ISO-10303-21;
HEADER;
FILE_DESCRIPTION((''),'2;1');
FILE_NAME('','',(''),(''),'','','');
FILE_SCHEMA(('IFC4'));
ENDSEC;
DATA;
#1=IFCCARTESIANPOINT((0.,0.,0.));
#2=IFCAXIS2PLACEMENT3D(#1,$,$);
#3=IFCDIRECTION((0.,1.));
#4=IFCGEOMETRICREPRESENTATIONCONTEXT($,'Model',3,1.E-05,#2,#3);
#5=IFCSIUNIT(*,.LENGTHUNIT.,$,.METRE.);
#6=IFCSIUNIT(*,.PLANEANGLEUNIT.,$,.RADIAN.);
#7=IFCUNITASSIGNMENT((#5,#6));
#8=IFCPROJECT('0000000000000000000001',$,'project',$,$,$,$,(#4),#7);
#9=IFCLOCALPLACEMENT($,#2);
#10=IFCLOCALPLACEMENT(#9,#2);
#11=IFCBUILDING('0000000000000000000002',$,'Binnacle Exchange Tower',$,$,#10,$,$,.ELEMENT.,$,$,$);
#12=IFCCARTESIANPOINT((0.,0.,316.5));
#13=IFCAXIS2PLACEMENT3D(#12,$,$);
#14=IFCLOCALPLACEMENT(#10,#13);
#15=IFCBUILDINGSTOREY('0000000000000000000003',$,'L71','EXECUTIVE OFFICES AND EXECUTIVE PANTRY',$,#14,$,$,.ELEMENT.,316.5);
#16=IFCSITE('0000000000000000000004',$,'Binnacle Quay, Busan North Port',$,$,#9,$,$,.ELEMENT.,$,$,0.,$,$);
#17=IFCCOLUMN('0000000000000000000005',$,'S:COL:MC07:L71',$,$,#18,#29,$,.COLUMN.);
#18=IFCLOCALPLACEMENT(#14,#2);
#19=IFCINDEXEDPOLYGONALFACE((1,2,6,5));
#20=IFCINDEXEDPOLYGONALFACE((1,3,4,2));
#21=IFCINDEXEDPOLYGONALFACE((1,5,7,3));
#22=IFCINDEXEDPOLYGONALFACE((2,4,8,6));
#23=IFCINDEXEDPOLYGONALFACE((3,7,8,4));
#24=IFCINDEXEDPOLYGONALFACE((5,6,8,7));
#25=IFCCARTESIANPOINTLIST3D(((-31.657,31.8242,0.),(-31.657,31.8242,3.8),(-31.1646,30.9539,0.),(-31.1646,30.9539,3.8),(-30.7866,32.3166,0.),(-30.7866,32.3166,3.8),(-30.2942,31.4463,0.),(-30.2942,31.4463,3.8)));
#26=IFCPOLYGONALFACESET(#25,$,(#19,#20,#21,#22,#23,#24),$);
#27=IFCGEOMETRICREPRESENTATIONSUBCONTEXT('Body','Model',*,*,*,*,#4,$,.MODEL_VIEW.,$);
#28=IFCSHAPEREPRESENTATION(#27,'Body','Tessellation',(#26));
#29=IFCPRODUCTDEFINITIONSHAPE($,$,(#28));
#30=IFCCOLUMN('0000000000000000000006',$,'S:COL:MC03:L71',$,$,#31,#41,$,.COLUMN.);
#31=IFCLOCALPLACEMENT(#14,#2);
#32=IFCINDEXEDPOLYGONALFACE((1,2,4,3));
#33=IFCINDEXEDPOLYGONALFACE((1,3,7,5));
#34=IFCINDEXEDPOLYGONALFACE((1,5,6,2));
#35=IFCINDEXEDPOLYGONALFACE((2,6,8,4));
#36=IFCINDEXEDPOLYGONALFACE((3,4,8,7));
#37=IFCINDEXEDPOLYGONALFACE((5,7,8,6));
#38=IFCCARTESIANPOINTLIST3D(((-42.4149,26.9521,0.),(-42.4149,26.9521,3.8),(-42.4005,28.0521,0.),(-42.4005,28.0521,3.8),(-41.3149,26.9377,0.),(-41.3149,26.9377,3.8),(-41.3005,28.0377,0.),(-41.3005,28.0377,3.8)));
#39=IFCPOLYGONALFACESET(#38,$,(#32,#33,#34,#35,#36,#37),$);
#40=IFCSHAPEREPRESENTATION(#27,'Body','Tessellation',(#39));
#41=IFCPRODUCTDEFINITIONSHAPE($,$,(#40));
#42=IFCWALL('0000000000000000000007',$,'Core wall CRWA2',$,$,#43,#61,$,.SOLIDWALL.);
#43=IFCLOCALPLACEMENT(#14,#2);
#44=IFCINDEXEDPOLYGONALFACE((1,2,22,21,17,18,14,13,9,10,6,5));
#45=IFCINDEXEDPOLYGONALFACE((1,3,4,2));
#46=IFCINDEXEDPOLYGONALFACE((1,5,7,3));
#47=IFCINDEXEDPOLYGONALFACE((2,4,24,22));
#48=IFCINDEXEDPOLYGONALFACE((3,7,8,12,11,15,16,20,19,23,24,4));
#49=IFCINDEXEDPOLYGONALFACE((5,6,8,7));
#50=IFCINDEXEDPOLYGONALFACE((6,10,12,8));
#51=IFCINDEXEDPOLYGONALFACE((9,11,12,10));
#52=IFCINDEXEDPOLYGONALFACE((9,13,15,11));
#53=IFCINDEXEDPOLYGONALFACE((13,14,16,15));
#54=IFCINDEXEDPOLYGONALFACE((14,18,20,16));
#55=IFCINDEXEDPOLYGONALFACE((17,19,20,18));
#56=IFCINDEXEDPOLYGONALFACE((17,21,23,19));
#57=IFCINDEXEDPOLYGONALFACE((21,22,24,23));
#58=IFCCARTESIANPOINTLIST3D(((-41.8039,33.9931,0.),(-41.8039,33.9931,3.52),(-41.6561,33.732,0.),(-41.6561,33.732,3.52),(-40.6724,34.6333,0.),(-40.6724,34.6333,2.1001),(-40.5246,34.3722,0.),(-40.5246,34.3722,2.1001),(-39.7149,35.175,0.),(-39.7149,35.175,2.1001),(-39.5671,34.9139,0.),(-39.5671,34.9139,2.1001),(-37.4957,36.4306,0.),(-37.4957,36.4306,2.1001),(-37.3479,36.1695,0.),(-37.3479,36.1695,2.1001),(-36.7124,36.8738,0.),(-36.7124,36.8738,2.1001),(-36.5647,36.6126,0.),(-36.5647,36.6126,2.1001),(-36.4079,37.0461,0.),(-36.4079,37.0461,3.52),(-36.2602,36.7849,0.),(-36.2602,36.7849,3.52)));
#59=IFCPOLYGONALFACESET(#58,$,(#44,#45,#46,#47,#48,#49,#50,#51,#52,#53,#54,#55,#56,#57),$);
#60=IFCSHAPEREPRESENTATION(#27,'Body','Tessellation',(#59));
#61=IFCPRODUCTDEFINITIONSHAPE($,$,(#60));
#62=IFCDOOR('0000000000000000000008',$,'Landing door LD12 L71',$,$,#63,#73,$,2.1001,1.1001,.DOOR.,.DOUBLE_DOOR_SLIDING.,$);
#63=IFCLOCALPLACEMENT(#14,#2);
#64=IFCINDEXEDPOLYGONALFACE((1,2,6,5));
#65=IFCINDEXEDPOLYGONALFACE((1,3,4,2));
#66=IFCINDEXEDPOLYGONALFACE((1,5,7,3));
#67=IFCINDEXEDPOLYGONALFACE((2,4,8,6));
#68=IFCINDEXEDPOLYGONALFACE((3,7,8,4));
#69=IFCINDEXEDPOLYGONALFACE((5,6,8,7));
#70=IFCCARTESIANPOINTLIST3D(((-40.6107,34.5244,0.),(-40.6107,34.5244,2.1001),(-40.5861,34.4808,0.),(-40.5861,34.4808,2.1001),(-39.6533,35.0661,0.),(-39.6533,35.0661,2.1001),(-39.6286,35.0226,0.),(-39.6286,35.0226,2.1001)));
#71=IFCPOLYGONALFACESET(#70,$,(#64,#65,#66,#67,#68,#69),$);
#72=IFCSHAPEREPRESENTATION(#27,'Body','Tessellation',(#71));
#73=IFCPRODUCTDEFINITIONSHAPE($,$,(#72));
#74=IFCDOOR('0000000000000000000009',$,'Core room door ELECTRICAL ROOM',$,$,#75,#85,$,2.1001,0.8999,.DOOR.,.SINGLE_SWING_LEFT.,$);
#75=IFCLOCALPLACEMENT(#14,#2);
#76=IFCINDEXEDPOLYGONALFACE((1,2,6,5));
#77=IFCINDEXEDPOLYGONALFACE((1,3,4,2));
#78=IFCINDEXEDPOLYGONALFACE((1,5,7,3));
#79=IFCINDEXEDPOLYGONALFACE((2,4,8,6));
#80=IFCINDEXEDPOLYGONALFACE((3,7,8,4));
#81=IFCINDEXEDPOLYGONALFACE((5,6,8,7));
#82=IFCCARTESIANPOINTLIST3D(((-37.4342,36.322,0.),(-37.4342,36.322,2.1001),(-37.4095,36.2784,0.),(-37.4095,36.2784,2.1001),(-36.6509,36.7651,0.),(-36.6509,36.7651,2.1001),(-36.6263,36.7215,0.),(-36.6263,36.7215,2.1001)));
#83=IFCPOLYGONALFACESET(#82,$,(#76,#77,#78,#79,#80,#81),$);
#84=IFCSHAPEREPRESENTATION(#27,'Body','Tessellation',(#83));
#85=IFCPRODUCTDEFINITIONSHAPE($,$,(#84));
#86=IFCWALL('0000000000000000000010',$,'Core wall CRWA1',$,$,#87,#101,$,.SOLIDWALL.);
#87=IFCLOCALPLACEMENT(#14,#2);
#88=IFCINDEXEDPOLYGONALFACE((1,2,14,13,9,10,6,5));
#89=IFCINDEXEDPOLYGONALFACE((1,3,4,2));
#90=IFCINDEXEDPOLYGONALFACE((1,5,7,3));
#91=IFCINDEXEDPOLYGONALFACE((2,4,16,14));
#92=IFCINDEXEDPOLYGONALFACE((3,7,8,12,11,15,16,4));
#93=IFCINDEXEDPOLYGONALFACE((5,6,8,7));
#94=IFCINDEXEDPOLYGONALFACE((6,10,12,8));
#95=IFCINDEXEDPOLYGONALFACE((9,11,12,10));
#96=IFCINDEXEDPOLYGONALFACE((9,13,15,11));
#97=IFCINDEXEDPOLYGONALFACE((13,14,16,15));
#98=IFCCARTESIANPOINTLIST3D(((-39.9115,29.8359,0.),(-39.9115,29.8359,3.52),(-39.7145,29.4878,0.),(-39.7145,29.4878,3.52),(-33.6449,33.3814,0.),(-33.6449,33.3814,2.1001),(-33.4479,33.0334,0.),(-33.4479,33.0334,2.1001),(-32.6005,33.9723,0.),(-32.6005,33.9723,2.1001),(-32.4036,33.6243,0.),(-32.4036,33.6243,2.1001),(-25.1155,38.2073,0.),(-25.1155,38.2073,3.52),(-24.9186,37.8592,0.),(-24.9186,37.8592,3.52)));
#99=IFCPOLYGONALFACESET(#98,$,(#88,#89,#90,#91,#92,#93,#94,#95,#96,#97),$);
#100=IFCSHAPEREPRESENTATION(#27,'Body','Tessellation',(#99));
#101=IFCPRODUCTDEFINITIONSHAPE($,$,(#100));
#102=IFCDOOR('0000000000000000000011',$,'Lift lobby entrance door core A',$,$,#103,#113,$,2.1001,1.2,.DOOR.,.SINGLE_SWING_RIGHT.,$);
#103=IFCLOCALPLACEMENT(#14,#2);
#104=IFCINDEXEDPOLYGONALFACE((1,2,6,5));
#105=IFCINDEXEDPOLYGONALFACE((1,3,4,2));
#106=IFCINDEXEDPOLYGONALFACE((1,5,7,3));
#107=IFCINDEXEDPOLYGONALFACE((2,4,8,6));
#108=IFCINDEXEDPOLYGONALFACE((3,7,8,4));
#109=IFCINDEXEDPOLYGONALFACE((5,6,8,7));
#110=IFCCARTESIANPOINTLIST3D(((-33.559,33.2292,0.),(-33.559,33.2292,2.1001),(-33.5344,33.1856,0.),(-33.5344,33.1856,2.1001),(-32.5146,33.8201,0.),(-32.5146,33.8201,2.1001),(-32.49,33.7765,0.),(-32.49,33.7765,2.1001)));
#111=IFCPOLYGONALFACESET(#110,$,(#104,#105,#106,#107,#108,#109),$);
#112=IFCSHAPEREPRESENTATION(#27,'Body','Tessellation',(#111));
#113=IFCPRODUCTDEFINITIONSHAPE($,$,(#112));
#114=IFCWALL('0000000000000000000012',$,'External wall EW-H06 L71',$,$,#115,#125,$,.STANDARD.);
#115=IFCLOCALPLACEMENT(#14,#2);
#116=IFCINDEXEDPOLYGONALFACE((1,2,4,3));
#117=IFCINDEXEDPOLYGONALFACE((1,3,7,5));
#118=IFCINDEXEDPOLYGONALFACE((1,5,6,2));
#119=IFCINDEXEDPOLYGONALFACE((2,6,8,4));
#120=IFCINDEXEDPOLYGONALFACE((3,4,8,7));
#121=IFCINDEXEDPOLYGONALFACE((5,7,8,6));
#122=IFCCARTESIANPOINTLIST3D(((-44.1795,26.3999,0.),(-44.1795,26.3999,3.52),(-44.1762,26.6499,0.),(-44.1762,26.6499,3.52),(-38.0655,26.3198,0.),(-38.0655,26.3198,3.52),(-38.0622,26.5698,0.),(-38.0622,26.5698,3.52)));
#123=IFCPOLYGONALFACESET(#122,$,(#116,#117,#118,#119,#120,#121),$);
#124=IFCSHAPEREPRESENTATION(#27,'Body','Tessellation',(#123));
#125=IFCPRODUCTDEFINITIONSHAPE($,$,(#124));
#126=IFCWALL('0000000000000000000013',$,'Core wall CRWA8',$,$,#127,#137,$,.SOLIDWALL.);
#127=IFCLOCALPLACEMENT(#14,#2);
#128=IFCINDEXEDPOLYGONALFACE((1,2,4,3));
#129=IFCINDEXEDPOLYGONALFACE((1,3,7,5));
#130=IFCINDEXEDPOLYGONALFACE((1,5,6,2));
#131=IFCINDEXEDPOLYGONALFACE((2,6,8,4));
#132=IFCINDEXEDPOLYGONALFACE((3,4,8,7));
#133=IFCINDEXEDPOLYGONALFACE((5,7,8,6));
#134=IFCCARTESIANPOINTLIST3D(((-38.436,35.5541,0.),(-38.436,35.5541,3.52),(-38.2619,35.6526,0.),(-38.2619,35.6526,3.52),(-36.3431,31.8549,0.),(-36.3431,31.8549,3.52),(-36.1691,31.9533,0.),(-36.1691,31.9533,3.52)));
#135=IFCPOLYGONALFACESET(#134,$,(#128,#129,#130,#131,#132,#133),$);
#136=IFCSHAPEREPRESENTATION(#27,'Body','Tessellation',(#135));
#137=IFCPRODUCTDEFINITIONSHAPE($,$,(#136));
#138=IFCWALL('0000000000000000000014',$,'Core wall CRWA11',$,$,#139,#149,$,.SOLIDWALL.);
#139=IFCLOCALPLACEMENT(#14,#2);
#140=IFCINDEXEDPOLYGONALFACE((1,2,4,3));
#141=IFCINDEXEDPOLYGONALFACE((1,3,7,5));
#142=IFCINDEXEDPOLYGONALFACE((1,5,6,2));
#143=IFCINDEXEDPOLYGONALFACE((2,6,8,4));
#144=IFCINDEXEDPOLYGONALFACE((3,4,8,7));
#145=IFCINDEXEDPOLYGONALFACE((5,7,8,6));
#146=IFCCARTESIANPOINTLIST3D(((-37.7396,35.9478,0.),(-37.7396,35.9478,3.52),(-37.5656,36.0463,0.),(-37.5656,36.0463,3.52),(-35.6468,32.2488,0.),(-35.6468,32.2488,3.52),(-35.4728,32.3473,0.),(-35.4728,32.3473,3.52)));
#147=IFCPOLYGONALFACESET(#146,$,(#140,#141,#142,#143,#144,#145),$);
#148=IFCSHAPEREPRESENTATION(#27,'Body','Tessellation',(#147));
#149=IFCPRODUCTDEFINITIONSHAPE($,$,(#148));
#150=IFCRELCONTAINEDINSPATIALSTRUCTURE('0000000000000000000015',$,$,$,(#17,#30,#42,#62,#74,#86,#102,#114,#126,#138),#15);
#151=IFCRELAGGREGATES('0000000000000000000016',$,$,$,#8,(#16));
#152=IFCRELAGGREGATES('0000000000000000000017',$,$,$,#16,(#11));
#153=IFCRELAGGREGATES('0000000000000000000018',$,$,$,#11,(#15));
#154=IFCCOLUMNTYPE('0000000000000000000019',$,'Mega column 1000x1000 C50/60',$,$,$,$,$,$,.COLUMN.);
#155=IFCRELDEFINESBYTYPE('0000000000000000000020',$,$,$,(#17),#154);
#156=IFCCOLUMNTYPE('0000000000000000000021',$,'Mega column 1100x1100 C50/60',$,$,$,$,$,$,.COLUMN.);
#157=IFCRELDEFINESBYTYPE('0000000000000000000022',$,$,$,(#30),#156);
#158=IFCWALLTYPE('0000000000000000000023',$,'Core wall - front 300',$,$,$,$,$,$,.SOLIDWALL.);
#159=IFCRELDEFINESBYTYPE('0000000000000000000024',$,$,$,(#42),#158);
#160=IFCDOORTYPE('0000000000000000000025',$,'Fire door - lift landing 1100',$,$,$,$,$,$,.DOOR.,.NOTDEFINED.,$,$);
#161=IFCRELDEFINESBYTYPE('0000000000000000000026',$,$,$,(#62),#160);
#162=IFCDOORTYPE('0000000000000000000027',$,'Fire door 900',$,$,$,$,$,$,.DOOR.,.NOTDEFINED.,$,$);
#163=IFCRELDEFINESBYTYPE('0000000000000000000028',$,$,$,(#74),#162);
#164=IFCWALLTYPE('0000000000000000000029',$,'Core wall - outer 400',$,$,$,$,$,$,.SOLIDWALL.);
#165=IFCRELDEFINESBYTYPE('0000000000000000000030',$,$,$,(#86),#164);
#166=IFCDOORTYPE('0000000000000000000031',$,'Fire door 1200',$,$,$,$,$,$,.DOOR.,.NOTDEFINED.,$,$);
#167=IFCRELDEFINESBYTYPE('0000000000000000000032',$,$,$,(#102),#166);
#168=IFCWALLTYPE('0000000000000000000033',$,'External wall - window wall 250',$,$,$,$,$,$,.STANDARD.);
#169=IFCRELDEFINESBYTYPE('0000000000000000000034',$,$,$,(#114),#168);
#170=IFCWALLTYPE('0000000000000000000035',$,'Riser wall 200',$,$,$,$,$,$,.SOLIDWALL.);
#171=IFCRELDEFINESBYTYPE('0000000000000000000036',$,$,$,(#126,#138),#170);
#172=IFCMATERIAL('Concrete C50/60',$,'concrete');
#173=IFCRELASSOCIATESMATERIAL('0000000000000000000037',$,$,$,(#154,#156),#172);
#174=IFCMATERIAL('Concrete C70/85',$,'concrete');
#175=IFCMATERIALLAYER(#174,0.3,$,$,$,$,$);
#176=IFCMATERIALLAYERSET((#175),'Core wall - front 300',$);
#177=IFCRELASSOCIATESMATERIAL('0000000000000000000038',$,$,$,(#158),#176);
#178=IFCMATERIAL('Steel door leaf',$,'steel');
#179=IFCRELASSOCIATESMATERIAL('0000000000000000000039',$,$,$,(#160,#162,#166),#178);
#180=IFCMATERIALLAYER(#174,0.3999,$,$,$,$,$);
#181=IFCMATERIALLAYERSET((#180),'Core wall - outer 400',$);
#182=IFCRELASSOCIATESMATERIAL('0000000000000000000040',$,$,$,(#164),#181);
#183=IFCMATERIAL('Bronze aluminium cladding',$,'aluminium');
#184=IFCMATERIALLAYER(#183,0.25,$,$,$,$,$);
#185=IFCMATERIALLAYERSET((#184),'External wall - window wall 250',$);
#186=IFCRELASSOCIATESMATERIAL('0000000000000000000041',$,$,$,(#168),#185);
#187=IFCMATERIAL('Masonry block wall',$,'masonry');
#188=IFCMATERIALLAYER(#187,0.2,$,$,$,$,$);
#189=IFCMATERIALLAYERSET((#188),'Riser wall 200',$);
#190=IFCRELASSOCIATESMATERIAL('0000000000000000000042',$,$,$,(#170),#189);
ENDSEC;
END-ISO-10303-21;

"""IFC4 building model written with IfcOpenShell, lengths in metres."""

from ifc_helpers import new_model, si_unit, direction, frame, frame_2d, origin, origin_2d, place, context, subcontext, project, spatial, rectangle, extrude, material, layer, layer_set, material_profile, profile_set, type_object, element, fill, save


model = new_model("IFC4")

# Units and contexts
model_context = context("Model", 3, precision=1e-05, world=origin(), true_north=direction((0.0, 1.0)))
body_context = subcontext(model_context, "Body", "Model", "MODEL_VIEW")
ifc_project = project(units=[si_unit("LENGTHUNIT", "METRE"), si_unit("PLANEANGLEUNIT", "RADIAN")], contexts=[model_context])

# Site, building, storey
site_placement = place(None, origin())
site = spatial("IfcSite", under=ifc_project, at=site_placement, Name="Binnacle Quay, Busan North Port", CompositionType="ELEMENT", RefElevation=0.0)
building_placement = place(site_placement, origin())
building = spatial("IfcBuilding", under=site, at=building_placement, Name="Binnacle Exchange Tower", CompositionType="ELEMENT")
storey_placement = place(building_placement, frame((0.0, 0.0, 316.5)))
storey = spatial("IfcBuildingStorey", under=building, at=storey_placement, Name="L71", Description="EXECUTIVE OFFICES AND EXECUTIVE PANTRY", CompositionType="ELEMENT", Elevation=316.5)

# Columns
ifc_material_1 = material(Name="Concrete C50/60", Category="concrete")
ifc_material_profile_1 = material_profile(ifc_material_1, rectangle(XDim=1.0, YDim=1.0, at=origin_2d()), Name="Mega column 1000x1000 C50/60")
ifc_profile_set_1 = profile_set([ifc_material_profile_1], Name="Concrete C50/60")
column_type_1 = type_object("IfcColumnType", Name="Mega column 1000x1000 C50/60", PredefinedType="COLUMN", material=ifc_profile_set_1)
column_1_placement = place(storey_placement, frame((-30.9756, 31.6353, 0.0), z_axis=(0.0, 0.0, 1.0), x_axis=(0.870356, 0.492424, 0.0)))
element("IfcColumn", 1, at=column_1_placement, inside=storey, type_object=column_type_1, Name="S:COL:MC07:L71", PredefinedType="COLUMN", context=body_context, shape_type="SweptSolid", body=[
    extrude(rectangle(XDim=1.0, YDim=1.0, at=origin_2d()), origin(), (0.0, 0.0, 1.0), 3.8),
])
ifc_material_profile_2 = material_profile(ifc_material_1, rectangle(XDim=1.1001, YDim=1.1001, at=origin_2d()), Name="Mega column 1100x1100 C50/60")
ifc_profile_set_2 = profile_set([ifc_material_profile_2], Name="Concrete C50/60")
column_type_2 = type_object("IfcColumnType", Name="Mega column 1100x1100 C50/60", PredefinedType="COLUMN", material=ifc_profile_set_2)
column_2_placement = place(storey_placement, frame((-41.8577, 27.4949, 0.0), z_axis=(0.0, 0.0, 1.0), x_axis=(0.999914, -0.01309, 0.0)))
element("IfcColumn", 2, at=column_2_placement, inside=storey, type_object=column_type_2, Name="S:COL:MC03:L71", PredefinedType="COLUMN", context=body_context, shape_type="SweptSolid", body=[
    extrude(rectangle(XDim=1.1001, YDim=1.1001, at=origin_2d()), origin(), (0.0, 0.0, 1.0), 3.8),
])

# Wall, openings, doors
ifc_material_2 = material(Name="Concrete C70/85", Category="concrete")
ifc_layer_1 = layer(ifc_material_2, 0.3)
ifc_layer_set_1 = layer_set([ifc_layer_1], Name="Core wall - front 300")
wall_type_1 = type_object("IfcWallType", Name="Core wall - front 300", PredefinedType="SOLIDWALL", material=ifc_layer_set_1)
wall_1_placement = place(storey_placement, frame((-41.73, 33.8625, 0.0), z_axis=(0.0, 0.0, 1.0), x_axis=(0.870351, 0.492432, 0.0)))
wall_1 = element("IfcWall", 3, at=wall_1_placement, inside=storey, type_object=wall_type_1, Name="Core wall CRWA2", PredefinedType="SOLIDWALL", context=body_context, shape_type="SweptSolid", body=[
    extrude(rectangle(XDim=6.1997, YDim=0.3, at=frame_2d((3.0999, 0.0))), origin(), (0.0, 0.0, 1.0), 3.52),
])
opening_1_placement = place(wall_1_placement, frame((1.3, 0.0, 0.0)))
opening_1 = element("IfcOpeningElement", 4, at=opening_1_placement, cuts=wall_1, PredefinedType="OPENING", context=body_context, shape_type="SweptSolid", body=[
    extrude(rectangle(XDim=1.1001, YDim=2.1001, at=frame_2d((0.55, 1.05))), frame((0.0, 0.1599, 0.0), z_axis=(0.0, -1.0, 0.0), x_axis=(1.0, 0.0, 0.0)), (0.0, 0.0, 1.0), 0.3201),
])
opening_2_placement = place(wall_1_placement, frame((4.95, 0.0, 0.0)))
opening_2 = element("IfcOpeningElement", 5, at=opening_2_placement, cuts=wall_1, PredefinedType="OPENING", context=body_context, shape_type="SweptSolid", body=[
    extrude(rectangle(XDim=0.8999, YDim=2.1001, at=frame_2d((0.45, 1.05))), frame((0.0, 0.1599, 0.0), z_axis=(0.0, -1.0, 0.0), x_axis=(1.0, 0.0, 0.0)), (0.0, 0.0, 1.0), 0.3201),
])
ifc_material_3 = material(Name="Steel door leaf", Category="steel")
door_type_1 = type_object("IfcDoorType", Name="Fire door - lift landing 1100", OperationType="NOTDEFINED", PredefinedType="DOOR", material=ifc_material_3)
door_1_placement = place(opening_1_placement, origin())
door_1 = element("IfcDoor", 6, at=door_1_placement, inside=storey, type_object=door_type_1, Name="Landing door LD12 L71", OperationType="DOUBLE_DOOR_SLIDING", OverallHeight=2.1001, OverallWidth=1.1001, PredefinedType="DOOR", context=body_context, shape_type="SweptSolid", body=[
    extrude(rectangle(XDim=1.1001, YDim=2.1001, at=frame_2d((0.55, 1.05))), frame((0.0, 0.0249, 0.0), z_axis=(0.0, -1.0, 0.0), x_axis=(1.0, 0.0, 0.0)), (0.0, 0.0, 1.0), 0.05),
])
fill(opening_1, door_1)
door_type_2 = type_object("IfcDoorType", Name="Fire door 900", OperationType="NOTDEFINED", PredefinedType="DOOR", material=ifc_material_3)
door_2_placement = place(opening_2_placement, frame((0.8999, 0.0, 0.0), z_axis=(0.0, 0.0, 1.0), x_axis=(-1.0, 0.0, 0.0)))
door_2 = element("IfcDoor", 7, at=door_2_placement, inside=storey, type_object=door_type_2, Name="Core room door ELECTRICAL ROOM", OperationType="SINGLE_SWING_LEFT", OverallHeight=2.1001, OverallWidth=0.8999, PredefinedType="DOOR", context=body_context, shape_type="SweptSolid", body=[
    extrude(rectangle(XDim=0.8999, YDim=2.1001, at=frame_2d((0.45, 1.05))), frame((0.0, 0.0249, 0.0), z_axis=(0.0, -1.0, 0.0), x_axis=(1.0, 0.0, 0.0)), (0.0, 0.0, 1.0), 0.05),
])
fill(opening_2, door_2)

# Wall, opening, door
ifc_layer_2 = layer(ifc_material_2, 0.3999)
ifc_layer_set_2 = layer_set([ifc_layer_2], Name="Core wall - outer 400")
wall_type_2 = type_object("IfcWallType", Name="Core wall - outer 400", PredefinedType="SOLIDWALL", material=ifc_layer_set_2)
wall_2_placement = place(storey_placement, frame((-39.813, 29.6619, 0.0), z_axis=(0.0, 0.0, 1.0), x_axis=(0.87035, 0.492433, 0.0)))
wall_2 = element("IfcWall", 8, at=wall_2_placement, inside=storey, type_object=wall_type_2, Name="Core wall CRWA1", PredefinedType="SOLIDWALL", context=body_context, shape_type="SweptSolid", body=[
    extrude(rectangle(XDim=17.0, YDim=0.3999, at=frame_2d((8.5, 0.0))), origin(), (0.0, 0.0, 1.0), 3.52),
])
opening_3_placement = place(wall_2_placement, frame((7.2, 0.0, 0.0)))
opening_3 = element("IfcOpeningElement", 9, at=opening_3_placement, cuts=wall_2, PredefinedType="OPENING", context=body_context, shape_type="SweptSolid", body=[
    extrude(rectangle(XDim=1.2, YDim=2.1001, at=frame_2d((0.6001, 1.05))), frame((0.0, 0.21, 0.0), z_axis=(0.0, -1.0, 0.0), x_axis=(1.0, 0.0, 0.0)), (0.0, 0.0, 1.0), 0.4199),
])
door_type_3 = type_object("IfcDoorType", Name="Fire door 1200", OperationType="NOTDEFINED", PredefinedType="DOOR", material=ifc_material_3)
door_3_placement = place(opening_3_placement, frame((1.2, 0.0, 0.0), z_axis=(0.0, 0.0, 1.0), x_axis=(-1.0, 0.0, 0.0)))
door_3 = element("IfcDoor", 10, at=door_3_placement, inside=storey, type_object=door_type_3, Name="Lift lobby entrance door core A", OperationType="SINGLE_SWING_RIGHT", OverallHeight=2.1001, OverallWidth=1.2, PredefinedType="DOOR", context=body_context, shape_type="SweptSolid", body=[
    extrude(rectangle(XDim=1.2, YDim=2.1001, at=frame_2d((0.6001, 1.05))), frame((0.0, 0.0249, 0.0), z_axis=(0.0, -1.0, 0.0), x_axis=(1.0, 0.0, 0.0)), (0.0, 0.0, 1.0), 0.05),
])
fill(opening_3, door_3)

# Walls
ifc_material_4 = material(Name="Bronze aluminium cladding", Category="aluminium")
ifc_layer_3 = layer(ifc_material_4, 0.25)
ifc_layer_set_3 = layer_set([ifc_layer_3], Name="External wall - window wall 250")
wall_type_3 = type_object("IfcWallType", Name="External wall - window wall 250", PredefinedType="STANDARD", material=ifc_layer_set_3)
wall_3_placement = place(storey_placement, frame((-38.064, 26.4448, 0.0), z_axis=(0.0, 0.0, 1.0), x_axis=(-0.999914, 0.013096, 0.0)))
element("IfcWall", 11, at=wall_3_placement, inside=storey, type_object=wall_type_3, Name="External wall EW-H06 L71", PredefinedType="STANDARD", context=body_context, shape_type="SweptSolid", body=[
    extrude(rectangle(XDim=6.1145, YDim=0.25, at=frame_2d((3.0571, 0.0))), origin(), (0.0, 0.0, 1.0), 3.52),
])
ifc_material_5 = material(Name="Masonry block wall", Category="masonry")
ifc_layer_4 = layer(ifc_material_5, 0.2)
ifc_layer_set_4 = layer_set([ifc_layer_4], Name="Riser wall 200")
wall_type_4 = type_object("IfcWallType", Name="Riser wall 200", PredefinedType="SOLIDWALL", material=ifc_layer_set_4)
wall_4_placement = place(storey_placement, frame((-38.3489, 35.6033, 0.0), z_axis=(0.0, 0.0, 1.0), x_axis=(0.492398, -0.87037, 0.0)))
element("IfcWall", 12, at=wall_4_placement, inside=storey, type_object=wall_type_4, Name="Core wall CRWA8", PredefinedType="SOLIDWALL", context=body_context, shape_type="SweptSolid", body=[
    extrude(rectangle(XDim=4.2502, YDim=0.2, at=frame_2d((2.125, 0.0))), origin(), (0.0, 0.0, 1.0), 3.52),
])
wall_5_placement = place(storey_placement, frame((-37.6526, 35.9971, 0.0), z_axis=(0.0, 0.0, 1.0), x_axis=(0.492423, -0.870356, 0.0)))
element("IfcWall", 13, at=wall_5_placement, inside=storey, type_object=wall_type_4, Name="Core wall CRWA11", PredefinedType="SOLIDWALL", context=body_context, shape_type="SweptSolid", body=[
    extrude(rectangle(XDim=4.25, YDim=0.2, at=frame_2d((2.125, 0.0))), origin(), (0.0, 0.0, 1.0), 3.52),
])

save(model, "model.ifc")
